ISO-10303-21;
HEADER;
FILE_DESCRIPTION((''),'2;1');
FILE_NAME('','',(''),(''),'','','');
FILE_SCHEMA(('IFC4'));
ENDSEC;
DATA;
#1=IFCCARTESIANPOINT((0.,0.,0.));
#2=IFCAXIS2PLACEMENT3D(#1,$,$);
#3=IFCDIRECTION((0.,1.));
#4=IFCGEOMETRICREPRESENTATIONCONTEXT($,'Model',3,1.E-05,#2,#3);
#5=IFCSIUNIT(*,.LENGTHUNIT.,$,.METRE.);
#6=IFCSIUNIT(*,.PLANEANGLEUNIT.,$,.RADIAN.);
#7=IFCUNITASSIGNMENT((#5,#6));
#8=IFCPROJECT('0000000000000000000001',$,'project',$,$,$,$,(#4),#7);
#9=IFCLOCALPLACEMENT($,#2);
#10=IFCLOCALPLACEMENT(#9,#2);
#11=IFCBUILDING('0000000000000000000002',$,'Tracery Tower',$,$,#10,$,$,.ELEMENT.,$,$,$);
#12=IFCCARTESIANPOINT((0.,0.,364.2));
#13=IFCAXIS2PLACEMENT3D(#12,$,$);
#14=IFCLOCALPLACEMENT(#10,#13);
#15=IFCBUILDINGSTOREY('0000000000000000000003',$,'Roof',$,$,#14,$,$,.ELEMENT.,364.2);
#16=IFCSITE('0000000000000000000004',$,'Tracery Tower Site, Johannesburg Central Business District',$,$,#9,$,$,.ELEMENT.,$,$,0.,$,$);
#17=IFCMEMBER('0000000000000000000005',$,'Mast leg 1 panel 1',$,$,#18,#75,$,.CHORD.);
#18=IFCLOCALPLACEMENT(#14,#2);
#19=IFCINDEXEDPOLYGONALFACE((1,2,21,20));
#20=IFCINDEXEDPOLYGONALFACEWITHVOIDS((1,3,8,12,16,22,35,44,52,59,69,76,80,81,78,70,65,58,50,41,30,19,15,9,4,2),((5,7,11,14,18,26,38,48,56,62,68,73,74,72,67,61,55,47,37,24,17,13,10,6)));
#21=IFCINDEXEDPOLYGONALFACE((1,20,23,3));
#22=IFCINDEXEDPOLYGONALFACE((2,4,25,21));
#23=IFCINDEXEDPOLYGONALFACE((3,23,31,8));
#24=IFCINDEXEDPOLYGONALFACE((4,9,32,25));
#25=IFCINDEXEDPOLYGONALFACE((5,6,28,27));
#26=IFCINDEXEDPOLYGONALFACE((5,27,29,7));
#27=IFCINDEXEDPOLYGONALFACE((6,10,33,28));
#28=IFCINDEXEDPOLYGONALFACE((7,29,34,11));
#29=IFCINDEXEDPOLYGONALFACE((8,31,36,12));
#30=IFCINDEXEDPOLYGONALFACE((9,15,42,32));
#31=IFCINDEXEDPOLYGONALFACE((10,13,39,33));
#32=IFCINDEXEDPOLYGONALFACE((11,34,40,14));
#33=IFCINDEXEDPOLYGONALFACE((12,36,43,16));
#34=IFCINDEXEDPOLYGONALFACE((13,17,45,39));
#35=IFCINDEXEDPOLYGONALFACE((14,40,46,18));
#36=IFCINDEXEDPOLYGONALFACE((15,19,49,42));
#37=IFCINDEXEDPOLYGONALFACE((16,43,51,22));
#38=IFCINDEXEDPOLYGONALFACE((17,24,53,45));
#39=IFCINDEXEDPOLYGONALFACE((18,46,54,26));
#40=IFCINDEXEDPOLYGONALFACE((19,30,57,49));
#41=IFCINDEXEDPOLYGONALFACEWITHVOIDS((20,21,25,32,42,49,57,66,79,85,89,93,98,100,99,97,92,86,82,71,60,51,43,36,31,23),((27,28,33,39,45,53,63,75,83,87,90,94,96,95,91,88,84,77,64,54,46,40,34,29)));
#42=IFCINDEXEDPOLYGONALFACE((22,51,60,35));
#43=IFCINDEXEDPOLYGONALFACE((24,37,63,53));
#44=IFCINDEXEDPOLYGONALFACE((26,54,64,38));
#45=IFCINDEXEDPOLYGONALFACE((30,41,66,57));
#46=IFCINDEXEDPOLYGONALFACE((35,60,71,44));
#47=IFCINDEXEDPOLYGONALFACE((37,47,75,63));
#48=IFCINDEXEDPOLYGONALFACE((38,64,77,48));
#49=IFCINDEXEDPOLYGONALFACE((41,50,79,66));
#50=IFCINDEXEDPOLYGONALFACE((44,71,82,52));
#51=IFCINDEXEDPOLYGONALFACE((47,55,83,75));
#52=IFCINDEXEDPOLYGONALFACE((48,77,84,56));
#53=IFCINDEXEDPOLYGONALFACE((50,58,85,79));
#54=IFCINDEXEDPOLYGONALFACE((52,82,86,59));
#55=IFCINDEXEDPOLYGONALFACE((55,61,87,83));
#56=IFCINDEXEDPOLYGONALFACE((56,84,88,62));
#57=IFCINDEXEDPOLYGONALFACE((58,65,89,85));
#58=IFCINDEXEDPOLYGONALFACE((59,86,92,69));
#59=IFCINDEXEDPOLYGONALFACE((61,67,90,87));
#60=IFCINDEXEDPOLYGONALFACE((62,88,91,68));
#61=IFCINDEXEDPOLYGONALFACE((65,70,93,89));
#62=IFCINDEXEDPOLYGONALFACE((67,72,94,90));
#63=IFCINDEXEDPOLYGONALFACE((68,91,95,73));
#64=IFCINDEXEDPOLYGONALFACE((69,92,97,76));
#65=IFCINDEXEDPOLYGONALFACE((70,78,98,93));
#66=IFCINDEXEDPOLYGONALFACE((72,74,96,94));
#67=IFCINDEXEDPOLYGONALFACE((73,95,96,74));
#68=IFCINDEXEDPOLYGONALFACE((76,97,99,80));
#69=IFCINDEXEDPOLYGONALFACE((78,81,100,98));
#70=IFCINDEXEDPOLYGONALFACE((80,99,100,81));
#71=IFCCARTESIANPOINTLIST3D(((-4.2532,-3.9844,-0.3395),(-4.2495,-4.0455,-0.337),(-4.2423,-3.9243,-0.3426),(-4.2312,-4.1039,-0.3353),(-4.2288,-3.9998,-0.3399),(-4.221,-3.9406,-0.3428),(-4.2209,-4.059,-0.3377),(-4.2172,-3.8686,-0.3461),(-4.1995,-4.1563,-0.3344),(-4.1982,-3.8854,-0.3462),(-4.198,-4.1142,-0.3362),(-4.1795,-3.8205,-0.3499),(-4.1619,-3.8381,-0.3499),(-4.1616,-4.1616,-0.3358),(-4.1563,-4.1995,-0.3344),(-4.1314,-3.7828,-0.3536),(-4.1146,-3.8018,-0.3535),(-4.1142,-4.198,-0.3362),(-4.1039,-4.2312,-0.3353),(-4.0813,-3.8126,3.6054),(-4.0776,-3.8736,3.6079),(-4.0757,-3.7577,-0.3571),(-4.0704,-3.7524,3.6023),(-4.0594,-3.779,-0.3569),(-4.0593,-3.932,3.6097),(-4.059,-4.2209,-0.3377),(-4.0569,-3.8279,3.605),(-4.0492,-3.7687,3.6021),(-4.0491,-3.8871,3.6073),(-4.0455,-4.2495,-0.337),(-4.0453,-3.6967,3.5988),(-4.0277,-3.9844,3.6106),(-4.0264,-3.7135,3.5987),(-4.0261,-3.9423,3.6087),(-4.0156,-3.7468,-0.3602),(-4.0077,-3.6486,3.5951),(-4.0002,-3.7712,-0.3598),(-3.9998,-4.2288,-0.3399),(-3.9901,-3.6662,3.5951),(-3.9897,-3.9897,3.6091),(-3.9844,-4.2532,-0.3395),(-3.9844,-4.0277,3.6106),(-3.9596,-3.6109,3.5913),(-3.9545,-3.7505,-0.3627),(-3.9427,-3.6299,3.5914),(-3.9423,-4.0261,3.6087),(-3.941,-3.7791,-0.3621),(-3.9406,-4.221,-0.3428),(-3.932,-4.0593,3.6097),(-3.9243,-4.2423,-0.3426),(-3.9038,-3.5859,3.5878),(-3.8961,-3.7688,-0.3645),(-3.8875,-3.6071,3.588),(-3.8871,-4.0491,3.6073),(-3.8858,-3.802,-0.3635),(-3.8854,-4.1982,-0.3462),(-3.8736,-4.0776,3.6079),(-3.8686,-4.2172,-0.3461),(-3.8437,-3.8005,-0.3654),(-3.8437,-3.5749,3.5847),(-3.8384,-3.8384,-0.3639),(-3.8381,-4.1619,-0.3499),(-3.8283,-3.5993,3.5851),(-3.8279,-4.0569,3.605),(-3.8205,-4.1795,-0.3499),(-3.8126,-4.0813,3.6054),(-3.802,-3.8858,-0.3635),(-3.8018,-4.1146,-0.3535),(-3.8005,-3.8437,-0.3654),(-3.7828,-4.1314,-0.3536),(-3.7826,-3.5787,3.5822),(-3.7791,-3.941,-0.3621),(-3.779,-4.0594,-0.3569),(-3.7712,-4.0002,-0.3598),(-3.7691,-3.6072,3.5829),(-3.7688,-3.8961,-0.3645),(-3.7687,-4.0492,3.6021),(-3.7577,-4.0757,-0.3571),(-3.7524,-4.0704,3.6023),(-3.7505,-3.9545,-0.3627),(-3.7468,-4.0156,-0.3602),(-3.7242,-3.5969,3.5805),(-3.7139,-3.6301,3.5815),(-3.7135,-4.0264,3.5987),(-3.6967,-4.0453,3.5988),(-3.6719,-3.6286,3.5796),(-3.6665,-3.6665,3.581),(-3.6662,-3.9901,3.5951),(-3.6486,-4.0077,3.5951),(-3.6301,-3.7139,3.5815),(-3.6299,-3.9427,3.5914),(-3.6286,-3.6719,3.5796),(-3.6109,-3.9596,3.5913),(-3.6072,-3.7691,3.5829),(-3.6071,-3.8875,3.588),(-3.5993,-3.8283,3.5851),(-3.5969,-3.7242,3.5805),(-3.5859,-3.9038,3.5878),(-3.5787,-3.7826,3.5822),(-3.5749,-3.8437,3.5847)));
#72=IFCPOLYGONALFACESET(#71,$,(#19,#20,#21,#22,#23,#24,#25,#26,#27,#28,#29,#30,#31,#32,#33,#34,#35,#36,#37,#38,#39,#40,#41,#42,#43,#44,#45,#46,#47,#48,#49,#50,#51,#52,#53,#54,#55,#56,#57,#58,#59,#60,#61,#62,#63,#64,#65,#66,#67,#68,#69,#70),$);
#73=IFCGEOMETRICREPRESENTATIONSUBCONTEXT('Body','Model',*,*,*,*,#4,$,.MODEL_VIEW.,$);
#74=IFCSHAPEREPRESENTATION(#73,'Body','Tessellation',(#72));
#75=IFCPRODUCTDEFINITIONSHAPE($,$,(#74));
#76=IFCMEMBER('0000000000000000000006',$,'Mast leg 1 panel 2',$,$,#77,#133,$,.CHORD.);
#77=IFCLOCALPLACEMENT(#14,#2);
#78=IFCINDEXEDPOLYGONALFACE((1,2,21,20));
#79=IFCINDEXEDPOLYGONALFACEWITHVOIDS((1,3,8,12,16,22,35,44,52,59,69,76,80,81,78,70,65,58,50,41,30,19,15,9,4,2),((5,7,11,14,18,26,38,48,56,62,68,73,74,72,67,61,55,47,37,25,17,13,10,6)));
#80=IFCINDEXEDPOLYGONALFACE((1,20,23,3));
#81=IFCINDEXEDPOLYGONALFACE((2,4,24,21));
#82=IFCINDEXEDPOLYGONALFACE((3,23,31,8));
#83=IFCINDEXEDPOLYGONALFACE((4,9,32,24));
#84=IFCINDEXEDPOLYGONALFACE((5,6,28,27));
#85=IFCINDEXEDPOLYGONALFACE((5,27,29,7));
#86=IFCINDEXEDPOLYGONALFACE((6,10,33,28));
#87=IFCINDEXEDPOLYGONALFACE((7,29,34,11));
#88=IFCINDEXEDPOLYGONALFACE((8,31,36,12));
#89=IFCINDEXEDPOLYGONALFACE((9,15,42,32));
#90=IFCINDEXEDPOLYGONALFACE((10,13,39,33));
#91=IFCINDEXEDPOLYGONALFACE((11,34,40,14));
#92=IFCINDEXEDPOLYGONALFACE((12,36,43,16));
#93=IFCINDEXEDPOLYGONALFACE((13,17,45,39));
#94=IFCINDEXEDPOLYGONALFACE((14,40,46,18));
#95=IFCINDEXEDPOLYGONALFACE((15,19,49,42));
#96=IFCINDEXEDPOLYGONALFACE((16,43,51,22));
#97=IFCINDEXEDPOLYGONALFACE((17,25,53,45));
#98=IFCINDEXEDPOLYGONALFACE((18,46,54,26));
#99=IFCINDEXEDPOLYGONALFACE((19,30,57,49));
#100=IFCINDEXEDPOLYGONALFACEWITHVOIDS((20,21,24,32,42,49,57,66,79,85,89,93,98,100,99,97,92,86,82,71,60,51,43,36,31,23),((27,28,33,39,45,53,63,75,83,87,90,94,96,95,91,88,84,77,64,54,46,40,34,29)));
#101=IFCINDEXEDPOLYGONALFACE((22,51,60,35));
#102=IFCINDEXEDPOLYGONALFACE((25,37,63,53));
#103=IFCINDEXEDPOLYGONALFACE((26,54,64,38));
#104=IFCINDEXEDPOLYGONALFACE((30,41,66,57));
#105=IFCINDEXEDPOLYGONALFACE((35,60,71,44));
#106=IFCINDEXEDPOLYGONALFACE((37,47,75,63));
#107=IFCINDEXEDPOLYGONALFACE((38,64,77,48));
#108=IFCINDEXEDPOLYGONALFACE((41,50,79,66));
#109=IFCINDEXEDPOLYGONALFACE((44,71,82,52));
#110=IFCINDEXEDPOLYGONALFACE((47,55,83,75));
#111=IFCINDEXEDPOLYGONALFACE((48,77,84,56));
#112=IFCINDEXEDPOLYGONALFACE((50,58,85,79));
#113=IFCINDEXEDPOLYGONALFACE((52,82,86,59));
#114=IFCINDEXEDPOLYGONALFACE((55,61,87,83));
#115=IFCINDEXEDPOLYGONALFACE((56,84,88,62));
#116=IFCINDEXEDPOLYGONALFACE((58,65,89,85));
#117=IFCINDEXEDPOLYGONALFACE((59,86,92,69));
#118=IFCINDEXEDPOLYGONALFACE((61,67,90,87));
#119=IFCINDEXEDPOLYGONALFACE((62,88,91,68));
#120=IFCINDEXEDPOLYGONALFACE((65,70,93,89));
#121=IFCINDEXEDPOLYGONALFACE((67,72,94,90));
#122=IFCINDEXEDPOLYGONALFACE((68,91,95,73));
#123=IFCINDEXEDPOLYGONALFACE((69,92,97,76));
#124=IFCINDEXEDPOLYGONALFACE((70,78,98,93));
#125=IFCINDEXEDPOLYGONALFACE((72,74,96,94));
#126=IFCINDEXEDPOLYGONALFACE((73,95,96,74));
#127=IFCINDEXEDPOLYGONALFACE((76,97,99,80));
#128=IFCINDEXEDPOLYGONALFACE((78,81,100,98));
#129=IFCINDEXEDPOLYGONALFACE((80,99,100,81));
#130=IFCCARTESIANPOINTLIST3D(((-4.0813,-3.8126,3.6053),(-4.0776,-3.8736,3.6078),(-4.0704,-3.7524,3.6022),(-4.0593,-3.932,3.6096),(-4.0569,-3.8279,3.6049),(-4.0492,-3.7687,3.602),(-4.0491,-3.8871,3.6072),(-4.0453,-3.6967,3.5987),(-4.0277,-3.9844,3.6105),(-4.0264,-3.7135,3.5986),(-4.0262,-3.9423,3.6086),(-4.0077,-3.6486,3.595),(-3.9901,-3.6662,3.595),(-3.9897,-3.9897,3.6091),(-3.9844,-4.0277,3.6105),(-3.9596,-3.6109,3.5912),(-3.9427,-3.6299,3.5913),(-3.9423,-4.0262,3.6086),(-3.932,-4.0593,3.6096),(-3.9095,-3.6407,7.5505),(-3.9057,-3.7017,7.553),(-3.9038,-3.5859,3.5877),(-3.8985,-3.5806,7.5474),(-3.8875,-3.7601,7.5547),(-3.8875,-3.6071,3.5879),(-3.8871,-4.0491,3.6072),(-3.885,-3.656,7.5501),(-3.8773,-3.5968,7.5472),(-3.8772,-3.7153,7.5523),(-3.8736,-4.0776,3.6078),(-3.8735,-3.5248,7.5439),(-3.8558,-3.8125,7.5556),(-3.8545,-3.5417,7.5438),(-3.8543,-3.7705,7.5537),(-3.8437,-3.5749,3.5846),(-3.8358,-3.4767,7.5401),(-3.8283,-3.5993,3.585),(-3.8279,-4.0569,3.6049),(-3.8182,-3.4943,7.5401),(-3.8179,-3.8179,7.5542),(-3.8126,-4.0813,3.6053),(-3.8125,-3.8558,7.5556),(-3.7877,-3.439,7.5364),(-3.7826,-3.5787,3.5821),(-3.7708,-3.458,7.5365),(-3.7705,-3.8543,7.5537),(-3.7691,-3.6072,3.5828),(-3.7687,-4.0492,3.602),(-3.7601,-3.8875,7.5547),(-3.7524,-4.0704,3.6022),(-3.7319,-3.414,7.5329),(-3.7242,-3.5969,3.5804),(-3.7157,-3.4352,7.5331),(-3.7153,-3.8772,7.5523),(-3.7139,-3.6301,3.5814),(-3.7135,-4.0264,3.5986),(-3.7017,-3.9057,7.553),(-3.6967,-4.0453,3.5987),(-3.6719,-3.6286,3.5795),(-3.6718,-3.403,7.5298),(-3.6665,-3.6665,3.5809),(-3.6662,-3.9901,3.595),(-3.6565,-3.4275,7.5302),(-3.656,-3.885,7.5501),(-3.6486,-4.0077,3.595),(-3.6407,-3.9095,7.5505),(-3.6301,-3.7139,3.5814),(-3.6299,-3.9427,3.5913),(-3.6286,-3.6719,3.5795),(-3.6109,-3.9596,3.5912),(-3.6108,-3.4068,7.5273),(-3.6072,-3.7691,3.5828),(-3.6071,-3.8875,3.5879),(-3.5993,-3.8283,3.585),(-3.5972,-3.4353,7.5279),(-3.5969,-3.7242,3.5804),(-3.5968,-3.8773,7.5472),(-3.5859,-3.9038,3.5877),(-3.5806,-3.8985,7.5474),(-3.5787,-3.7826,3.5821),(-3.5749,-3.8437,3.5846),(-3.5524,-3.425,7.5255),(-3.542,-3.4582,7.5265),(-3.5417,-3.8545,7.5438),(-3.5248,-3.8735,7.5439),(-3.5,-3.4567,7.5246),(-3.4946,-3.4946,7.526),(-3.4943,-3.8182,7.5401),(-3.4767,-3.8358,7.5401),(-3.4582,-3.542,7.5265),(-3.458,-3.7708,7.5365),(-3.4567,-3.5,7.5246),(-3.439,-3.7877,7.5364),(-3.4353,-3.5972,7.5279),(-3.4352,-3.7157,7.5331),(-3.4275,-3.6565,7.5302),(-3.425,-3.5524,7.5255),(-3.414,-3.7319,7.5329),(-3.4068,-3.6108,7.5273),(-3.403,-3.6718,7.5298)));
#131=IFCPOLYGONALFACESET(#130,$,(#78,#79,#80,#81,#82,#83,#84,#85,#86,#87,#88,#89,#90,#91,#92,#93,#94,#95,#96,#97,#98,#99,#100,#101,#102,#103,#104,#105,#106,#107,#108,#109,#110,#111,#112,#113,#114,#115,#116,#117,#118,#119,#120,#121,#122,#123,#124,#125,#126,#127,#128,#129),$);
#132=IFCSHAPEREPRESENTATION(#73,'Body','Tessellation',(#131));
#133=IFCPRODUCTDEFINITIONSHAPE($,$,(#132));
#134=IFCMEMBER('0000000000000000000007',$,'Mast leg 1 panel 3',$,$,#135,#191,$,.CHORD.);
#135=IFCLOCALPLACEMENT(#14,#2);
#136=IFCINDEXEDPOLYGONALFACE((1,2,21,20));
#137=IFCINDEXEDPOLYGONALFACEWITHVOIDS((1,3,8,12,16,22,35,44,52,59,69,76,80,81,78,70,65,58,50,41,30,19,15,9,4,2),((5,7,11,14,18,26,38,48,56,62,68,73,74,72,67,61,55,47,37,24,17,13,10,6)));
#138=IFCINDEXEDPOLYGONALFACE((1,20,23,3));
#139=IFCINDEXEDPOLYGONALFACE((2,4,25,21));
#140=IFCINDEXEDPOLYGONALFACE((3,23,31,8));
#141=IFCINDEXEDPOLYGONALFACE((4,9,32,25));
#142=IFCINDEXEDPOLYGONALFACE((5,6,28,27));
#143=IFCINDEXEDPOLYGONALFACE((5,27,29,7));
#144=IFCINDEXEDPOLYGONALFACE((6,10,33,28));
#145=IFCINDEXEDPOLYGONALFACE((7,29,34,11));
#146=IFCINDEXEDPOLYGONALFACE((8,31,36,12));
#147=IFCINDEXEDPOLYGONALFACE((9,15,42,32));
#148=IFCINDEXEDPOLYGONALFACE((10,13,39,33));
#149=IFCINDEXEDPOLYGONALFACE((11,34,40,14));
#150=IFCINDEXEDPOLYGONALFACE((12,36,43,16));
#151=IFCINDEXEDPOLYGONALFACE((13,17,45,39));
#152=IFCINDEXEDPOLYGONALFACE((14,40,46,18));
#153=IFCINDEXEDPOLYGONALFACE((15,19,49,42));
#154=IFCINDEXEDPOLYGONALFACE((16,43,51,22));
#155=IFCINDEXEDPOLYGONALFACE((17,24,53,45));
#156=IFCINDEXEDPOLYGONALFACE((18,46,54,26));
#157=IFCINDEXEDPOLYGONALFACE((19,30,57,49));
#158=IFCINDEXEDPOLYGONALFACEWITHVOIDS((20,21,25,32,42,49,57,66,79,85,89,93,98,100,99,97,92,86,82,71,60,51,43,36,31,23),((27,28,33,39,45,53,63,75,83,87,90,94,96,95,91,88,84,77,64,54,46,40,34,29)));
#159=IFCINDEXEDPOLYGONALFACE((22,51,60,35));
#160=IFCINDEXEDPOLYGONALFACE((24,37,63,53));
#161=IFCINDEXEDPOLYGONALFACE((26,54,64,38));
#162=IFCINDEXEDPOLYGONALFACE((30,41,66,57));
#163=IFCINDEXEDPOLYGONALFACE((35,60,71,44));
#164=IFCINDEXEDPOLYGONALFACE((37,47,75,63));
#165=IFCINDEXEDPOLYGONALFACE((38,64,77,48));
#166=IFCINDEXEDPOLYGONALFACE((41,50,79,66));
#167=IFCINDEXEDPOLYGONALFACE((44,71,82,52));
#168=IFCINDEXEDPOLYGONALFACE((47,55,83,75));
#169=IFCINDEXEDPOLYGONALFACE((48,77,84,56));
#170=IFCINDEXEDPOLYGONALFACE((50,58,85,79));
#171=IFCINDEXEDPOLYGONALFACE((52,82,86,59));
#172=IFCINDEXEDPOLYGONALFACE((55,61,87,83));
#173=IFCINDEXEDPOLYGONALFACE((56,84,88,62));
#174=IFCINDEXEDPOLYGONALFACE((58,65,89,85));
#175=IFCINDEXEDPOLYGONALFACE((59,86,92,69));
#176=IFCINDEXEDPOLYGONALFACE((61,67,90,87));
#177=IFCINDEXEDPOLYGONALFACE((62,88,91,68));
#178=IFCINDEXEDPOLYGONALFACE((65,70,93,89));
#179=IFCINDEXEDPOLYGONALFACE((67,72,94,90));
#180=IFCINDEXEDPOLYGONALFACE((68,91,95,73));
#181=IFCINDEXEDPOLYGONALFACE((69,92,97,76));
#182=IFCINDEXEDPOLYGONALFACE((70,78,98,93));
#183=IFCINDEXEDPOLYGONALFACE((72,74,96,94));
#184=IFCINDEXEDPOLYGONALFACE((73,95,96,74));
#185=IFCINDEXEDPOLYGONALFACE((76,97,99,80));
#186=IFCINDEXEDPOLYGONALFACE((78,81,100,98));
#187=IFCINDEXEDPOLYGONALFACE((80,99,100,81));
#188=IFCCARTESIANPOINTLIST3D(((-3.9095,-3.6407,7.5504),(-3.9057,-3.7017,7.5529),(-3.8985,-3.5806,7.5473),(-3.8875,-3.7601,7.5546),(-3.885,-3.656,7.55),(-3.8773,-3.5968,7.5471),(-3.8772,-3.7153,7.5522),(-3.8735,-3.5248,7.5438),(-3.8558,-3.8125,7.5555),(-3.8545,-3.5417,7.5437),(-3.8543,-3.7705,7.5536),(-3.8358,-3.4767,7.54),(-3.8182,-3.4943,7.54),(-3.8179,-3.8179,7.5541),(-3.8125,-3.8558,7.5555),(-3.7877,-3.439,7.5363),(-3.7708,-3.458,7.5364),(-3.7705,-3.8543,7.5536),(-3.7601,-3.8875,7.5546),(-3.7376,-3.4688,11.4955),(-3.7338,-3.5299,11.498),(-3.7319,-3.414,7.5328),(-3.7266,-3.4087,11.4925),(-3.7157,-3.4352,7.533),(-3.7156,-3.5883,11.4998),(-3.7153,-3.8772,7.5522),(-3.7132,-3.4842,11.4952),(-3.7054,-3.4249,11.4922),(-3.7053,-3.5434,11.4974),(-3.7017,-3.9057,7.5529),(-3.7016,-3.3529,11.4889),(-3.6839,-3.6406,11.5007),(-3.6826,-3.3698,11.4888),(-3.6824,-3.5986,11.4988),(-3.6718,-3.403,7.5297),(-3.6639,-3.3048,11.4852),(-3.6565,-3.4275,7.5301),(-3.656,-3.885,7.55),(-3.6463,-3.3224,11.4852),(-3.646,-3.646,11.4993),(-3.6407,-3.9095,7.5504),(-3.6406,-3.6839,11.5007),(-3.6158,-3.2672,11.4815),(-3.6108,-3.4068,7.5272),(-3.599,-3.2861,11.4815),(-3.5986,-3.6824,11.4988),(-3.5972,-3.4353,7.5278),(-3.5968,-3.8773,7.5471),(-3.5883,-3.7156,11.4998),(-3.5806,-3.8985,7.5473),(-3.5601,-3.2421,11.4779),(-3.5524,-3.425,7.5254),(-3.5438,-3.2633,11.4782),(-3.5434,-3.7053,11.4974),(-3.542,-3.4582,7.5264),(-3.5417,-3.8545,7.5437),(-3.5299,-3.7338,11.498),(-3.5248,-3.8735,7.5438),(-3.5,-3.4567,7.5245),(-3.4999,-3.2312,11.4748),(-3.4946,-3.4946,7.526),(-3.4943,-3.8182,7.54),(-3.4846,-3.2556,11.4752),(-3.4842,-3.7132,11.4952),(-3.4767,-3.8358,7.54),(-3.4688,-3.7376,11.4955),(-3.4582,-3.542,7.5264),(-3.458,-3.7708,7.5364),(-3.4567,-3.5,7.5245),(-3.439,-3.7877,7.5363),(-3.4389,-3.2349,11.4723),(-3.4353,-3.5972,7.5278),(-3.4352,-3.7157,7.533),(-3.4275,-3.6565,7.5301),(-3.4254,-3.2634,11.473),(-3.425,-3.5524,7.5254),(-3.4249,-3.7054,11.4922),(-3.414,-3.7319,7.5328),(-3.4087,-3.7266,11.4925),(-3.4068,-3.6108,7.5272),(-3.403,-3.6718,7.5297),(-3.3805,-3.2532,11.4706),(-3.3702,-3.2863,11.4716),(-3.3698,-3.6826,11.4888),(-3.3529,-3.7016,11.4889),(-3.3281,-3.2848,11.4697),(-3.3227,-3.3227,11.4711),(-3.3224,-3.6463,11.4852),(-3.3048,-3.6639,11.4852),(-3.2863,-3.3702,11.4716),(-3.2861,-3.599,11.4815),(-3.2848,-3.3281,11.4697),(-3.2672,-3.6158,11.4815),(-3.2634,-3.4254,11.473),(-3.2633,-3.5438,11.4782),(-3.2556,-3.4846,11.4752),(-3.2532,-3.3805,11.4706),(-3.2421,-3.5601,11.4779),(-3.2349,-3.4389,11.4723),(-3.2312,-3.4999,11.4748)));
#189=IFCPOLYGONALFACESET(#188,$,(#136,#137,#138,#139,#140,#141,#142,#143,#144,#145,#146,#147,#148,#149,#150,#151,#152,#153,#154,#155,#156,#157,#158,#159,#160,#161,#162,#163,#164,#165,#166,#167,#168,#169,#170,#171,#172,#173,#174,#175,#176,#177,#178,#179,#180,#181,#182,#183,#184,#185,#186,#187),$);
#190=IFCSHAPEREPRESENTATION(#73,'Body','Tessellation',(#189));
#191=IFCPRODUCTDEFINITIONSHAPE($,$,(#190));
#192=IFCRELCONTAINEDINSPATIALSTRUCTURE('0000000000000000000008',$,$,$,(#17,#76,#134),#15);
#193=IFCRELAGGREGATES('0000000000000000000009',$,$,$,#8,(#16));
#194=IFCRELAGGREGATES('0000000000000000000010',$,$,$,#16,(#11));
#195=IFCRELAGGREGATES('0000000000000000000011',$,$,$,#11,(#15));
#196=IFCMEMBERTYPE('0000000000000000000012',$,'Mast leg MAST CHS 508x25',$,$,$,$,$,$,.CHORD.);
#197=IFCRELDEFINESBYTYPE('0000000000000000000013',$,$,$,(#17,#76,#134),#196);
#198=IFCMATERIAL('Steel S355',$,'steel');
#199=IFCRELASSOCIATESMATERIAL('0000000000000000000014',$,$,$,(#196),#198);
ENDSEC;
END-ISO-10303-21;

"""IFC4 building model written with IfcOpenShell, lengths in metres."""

from ifc_helpers import new_model, si_unit, direction, frame, origin, origin_2d, place, context, subcontext, project, spatial, hollow_circle, extrude, material, material_profile, profile_set, type_object, element, save


model = new_model("IFC4")

# Units and contexts
model_context = context("Model", 3, precision=1e-05, world=origin(), true_north=direction((0.0, 1.0)))
body_context = subcontext(model_context, "Body", "Model", "MODEL_VIEW")
ifc_project = project(units=[si_unit("LENGTHUNIT", "METRE"), si_unit("PLANEANGLEUNIT", "RADIAN")], contexts=[model_context])

# Site, building, storey
site_placement = place(None, origin())
site = spatial("IfcSite", under=ifc_project, at=site_placement, Name="Tracery Tower Site, Johannesburg Central Business District", CompositionType="ELEMENT", RefElevation=0.0)
building_placement = place(site_placement, origin())
building = spatial("IfcBuilding", under=site, at=building_placement, Name="Tracery Tower", CompositionType="ELEMENT")
storey_placement = place(building_placement, frame((0.0, 0.0, 364.2)))
storey = spatial("IfcBuildingStorey", under=building, at=storey_placement, Name="Roof", CompositionType="ELEMENT", Elevation=364.2)

# Members
ifc_material_1 = material(Name="Steel S355", Category="steel")
ifc_material_profile_1 = material_profile(ifc_material_1, hollow_circle(Radius=0.2539, WallThickness=0.0249, at=origin_2d()), Name="CHS 508x25")
ifc_profile_set_1 = profile_set([ifc_material_profile_1], Name="Steel S355")
member_type_1 = type_object("IfcMemberType", Name="Mast leg MAST CHS 508x25", PredefinedType="CHORD", material=ifc_profile_set_1)
member_1_placement = place(storey_placement, frame((-4.0, -4.0, -0.3499), z_axis=(0.043487, 0.043487, 0.998107), x_axis=(-0.707107, 0.707107, 0.0)))
element("IfcMember", 1, at=member_1_placement, inside=storey, type_object=member_type_1, Name="Mast leg 1 panel 1", PredefinedType="CHORD", context=body_context, shape_type="SweptSolid", body=[
    extrude(hollow_circle(Radius=0.2539, WallThickness=0.0249, at=origin_2d()), origin(), (0.0, 0.0, 1.0), 3.9524),
])
for number, where, z_axis, x_axis, name in (
    (2, (-3.8281, -3.8281, 3.595), (0.043485, 0.043485, 0.998107), (-0.707107, 0.707107, 0.0), "Mast leg 1 panel 2"),
    (3, (-3.6562, -3.6562, 7.54), (0.043485, 0.043485, 0.998107), (-0.707107, 0.707107, 0.0), "Mast leg 1 panel 3"),
):
    element("IfcMember", number, at=place(storey_placement, frame(where, z_axis=z_axis, x_axis=x_axis)), inside=storey, type_object=member_type_1, Name=name, PredefinedType="CHORD", context=body_context, shape_type="SweptSolid", body=[
        extrude(hollow_circle(Radius=0.2539, WallThickness=0.0249, at=origin_2d()), origin(), (0.0, 0.0, 1.0), 3.9526),
    ])

save(model, "model.ifc")
